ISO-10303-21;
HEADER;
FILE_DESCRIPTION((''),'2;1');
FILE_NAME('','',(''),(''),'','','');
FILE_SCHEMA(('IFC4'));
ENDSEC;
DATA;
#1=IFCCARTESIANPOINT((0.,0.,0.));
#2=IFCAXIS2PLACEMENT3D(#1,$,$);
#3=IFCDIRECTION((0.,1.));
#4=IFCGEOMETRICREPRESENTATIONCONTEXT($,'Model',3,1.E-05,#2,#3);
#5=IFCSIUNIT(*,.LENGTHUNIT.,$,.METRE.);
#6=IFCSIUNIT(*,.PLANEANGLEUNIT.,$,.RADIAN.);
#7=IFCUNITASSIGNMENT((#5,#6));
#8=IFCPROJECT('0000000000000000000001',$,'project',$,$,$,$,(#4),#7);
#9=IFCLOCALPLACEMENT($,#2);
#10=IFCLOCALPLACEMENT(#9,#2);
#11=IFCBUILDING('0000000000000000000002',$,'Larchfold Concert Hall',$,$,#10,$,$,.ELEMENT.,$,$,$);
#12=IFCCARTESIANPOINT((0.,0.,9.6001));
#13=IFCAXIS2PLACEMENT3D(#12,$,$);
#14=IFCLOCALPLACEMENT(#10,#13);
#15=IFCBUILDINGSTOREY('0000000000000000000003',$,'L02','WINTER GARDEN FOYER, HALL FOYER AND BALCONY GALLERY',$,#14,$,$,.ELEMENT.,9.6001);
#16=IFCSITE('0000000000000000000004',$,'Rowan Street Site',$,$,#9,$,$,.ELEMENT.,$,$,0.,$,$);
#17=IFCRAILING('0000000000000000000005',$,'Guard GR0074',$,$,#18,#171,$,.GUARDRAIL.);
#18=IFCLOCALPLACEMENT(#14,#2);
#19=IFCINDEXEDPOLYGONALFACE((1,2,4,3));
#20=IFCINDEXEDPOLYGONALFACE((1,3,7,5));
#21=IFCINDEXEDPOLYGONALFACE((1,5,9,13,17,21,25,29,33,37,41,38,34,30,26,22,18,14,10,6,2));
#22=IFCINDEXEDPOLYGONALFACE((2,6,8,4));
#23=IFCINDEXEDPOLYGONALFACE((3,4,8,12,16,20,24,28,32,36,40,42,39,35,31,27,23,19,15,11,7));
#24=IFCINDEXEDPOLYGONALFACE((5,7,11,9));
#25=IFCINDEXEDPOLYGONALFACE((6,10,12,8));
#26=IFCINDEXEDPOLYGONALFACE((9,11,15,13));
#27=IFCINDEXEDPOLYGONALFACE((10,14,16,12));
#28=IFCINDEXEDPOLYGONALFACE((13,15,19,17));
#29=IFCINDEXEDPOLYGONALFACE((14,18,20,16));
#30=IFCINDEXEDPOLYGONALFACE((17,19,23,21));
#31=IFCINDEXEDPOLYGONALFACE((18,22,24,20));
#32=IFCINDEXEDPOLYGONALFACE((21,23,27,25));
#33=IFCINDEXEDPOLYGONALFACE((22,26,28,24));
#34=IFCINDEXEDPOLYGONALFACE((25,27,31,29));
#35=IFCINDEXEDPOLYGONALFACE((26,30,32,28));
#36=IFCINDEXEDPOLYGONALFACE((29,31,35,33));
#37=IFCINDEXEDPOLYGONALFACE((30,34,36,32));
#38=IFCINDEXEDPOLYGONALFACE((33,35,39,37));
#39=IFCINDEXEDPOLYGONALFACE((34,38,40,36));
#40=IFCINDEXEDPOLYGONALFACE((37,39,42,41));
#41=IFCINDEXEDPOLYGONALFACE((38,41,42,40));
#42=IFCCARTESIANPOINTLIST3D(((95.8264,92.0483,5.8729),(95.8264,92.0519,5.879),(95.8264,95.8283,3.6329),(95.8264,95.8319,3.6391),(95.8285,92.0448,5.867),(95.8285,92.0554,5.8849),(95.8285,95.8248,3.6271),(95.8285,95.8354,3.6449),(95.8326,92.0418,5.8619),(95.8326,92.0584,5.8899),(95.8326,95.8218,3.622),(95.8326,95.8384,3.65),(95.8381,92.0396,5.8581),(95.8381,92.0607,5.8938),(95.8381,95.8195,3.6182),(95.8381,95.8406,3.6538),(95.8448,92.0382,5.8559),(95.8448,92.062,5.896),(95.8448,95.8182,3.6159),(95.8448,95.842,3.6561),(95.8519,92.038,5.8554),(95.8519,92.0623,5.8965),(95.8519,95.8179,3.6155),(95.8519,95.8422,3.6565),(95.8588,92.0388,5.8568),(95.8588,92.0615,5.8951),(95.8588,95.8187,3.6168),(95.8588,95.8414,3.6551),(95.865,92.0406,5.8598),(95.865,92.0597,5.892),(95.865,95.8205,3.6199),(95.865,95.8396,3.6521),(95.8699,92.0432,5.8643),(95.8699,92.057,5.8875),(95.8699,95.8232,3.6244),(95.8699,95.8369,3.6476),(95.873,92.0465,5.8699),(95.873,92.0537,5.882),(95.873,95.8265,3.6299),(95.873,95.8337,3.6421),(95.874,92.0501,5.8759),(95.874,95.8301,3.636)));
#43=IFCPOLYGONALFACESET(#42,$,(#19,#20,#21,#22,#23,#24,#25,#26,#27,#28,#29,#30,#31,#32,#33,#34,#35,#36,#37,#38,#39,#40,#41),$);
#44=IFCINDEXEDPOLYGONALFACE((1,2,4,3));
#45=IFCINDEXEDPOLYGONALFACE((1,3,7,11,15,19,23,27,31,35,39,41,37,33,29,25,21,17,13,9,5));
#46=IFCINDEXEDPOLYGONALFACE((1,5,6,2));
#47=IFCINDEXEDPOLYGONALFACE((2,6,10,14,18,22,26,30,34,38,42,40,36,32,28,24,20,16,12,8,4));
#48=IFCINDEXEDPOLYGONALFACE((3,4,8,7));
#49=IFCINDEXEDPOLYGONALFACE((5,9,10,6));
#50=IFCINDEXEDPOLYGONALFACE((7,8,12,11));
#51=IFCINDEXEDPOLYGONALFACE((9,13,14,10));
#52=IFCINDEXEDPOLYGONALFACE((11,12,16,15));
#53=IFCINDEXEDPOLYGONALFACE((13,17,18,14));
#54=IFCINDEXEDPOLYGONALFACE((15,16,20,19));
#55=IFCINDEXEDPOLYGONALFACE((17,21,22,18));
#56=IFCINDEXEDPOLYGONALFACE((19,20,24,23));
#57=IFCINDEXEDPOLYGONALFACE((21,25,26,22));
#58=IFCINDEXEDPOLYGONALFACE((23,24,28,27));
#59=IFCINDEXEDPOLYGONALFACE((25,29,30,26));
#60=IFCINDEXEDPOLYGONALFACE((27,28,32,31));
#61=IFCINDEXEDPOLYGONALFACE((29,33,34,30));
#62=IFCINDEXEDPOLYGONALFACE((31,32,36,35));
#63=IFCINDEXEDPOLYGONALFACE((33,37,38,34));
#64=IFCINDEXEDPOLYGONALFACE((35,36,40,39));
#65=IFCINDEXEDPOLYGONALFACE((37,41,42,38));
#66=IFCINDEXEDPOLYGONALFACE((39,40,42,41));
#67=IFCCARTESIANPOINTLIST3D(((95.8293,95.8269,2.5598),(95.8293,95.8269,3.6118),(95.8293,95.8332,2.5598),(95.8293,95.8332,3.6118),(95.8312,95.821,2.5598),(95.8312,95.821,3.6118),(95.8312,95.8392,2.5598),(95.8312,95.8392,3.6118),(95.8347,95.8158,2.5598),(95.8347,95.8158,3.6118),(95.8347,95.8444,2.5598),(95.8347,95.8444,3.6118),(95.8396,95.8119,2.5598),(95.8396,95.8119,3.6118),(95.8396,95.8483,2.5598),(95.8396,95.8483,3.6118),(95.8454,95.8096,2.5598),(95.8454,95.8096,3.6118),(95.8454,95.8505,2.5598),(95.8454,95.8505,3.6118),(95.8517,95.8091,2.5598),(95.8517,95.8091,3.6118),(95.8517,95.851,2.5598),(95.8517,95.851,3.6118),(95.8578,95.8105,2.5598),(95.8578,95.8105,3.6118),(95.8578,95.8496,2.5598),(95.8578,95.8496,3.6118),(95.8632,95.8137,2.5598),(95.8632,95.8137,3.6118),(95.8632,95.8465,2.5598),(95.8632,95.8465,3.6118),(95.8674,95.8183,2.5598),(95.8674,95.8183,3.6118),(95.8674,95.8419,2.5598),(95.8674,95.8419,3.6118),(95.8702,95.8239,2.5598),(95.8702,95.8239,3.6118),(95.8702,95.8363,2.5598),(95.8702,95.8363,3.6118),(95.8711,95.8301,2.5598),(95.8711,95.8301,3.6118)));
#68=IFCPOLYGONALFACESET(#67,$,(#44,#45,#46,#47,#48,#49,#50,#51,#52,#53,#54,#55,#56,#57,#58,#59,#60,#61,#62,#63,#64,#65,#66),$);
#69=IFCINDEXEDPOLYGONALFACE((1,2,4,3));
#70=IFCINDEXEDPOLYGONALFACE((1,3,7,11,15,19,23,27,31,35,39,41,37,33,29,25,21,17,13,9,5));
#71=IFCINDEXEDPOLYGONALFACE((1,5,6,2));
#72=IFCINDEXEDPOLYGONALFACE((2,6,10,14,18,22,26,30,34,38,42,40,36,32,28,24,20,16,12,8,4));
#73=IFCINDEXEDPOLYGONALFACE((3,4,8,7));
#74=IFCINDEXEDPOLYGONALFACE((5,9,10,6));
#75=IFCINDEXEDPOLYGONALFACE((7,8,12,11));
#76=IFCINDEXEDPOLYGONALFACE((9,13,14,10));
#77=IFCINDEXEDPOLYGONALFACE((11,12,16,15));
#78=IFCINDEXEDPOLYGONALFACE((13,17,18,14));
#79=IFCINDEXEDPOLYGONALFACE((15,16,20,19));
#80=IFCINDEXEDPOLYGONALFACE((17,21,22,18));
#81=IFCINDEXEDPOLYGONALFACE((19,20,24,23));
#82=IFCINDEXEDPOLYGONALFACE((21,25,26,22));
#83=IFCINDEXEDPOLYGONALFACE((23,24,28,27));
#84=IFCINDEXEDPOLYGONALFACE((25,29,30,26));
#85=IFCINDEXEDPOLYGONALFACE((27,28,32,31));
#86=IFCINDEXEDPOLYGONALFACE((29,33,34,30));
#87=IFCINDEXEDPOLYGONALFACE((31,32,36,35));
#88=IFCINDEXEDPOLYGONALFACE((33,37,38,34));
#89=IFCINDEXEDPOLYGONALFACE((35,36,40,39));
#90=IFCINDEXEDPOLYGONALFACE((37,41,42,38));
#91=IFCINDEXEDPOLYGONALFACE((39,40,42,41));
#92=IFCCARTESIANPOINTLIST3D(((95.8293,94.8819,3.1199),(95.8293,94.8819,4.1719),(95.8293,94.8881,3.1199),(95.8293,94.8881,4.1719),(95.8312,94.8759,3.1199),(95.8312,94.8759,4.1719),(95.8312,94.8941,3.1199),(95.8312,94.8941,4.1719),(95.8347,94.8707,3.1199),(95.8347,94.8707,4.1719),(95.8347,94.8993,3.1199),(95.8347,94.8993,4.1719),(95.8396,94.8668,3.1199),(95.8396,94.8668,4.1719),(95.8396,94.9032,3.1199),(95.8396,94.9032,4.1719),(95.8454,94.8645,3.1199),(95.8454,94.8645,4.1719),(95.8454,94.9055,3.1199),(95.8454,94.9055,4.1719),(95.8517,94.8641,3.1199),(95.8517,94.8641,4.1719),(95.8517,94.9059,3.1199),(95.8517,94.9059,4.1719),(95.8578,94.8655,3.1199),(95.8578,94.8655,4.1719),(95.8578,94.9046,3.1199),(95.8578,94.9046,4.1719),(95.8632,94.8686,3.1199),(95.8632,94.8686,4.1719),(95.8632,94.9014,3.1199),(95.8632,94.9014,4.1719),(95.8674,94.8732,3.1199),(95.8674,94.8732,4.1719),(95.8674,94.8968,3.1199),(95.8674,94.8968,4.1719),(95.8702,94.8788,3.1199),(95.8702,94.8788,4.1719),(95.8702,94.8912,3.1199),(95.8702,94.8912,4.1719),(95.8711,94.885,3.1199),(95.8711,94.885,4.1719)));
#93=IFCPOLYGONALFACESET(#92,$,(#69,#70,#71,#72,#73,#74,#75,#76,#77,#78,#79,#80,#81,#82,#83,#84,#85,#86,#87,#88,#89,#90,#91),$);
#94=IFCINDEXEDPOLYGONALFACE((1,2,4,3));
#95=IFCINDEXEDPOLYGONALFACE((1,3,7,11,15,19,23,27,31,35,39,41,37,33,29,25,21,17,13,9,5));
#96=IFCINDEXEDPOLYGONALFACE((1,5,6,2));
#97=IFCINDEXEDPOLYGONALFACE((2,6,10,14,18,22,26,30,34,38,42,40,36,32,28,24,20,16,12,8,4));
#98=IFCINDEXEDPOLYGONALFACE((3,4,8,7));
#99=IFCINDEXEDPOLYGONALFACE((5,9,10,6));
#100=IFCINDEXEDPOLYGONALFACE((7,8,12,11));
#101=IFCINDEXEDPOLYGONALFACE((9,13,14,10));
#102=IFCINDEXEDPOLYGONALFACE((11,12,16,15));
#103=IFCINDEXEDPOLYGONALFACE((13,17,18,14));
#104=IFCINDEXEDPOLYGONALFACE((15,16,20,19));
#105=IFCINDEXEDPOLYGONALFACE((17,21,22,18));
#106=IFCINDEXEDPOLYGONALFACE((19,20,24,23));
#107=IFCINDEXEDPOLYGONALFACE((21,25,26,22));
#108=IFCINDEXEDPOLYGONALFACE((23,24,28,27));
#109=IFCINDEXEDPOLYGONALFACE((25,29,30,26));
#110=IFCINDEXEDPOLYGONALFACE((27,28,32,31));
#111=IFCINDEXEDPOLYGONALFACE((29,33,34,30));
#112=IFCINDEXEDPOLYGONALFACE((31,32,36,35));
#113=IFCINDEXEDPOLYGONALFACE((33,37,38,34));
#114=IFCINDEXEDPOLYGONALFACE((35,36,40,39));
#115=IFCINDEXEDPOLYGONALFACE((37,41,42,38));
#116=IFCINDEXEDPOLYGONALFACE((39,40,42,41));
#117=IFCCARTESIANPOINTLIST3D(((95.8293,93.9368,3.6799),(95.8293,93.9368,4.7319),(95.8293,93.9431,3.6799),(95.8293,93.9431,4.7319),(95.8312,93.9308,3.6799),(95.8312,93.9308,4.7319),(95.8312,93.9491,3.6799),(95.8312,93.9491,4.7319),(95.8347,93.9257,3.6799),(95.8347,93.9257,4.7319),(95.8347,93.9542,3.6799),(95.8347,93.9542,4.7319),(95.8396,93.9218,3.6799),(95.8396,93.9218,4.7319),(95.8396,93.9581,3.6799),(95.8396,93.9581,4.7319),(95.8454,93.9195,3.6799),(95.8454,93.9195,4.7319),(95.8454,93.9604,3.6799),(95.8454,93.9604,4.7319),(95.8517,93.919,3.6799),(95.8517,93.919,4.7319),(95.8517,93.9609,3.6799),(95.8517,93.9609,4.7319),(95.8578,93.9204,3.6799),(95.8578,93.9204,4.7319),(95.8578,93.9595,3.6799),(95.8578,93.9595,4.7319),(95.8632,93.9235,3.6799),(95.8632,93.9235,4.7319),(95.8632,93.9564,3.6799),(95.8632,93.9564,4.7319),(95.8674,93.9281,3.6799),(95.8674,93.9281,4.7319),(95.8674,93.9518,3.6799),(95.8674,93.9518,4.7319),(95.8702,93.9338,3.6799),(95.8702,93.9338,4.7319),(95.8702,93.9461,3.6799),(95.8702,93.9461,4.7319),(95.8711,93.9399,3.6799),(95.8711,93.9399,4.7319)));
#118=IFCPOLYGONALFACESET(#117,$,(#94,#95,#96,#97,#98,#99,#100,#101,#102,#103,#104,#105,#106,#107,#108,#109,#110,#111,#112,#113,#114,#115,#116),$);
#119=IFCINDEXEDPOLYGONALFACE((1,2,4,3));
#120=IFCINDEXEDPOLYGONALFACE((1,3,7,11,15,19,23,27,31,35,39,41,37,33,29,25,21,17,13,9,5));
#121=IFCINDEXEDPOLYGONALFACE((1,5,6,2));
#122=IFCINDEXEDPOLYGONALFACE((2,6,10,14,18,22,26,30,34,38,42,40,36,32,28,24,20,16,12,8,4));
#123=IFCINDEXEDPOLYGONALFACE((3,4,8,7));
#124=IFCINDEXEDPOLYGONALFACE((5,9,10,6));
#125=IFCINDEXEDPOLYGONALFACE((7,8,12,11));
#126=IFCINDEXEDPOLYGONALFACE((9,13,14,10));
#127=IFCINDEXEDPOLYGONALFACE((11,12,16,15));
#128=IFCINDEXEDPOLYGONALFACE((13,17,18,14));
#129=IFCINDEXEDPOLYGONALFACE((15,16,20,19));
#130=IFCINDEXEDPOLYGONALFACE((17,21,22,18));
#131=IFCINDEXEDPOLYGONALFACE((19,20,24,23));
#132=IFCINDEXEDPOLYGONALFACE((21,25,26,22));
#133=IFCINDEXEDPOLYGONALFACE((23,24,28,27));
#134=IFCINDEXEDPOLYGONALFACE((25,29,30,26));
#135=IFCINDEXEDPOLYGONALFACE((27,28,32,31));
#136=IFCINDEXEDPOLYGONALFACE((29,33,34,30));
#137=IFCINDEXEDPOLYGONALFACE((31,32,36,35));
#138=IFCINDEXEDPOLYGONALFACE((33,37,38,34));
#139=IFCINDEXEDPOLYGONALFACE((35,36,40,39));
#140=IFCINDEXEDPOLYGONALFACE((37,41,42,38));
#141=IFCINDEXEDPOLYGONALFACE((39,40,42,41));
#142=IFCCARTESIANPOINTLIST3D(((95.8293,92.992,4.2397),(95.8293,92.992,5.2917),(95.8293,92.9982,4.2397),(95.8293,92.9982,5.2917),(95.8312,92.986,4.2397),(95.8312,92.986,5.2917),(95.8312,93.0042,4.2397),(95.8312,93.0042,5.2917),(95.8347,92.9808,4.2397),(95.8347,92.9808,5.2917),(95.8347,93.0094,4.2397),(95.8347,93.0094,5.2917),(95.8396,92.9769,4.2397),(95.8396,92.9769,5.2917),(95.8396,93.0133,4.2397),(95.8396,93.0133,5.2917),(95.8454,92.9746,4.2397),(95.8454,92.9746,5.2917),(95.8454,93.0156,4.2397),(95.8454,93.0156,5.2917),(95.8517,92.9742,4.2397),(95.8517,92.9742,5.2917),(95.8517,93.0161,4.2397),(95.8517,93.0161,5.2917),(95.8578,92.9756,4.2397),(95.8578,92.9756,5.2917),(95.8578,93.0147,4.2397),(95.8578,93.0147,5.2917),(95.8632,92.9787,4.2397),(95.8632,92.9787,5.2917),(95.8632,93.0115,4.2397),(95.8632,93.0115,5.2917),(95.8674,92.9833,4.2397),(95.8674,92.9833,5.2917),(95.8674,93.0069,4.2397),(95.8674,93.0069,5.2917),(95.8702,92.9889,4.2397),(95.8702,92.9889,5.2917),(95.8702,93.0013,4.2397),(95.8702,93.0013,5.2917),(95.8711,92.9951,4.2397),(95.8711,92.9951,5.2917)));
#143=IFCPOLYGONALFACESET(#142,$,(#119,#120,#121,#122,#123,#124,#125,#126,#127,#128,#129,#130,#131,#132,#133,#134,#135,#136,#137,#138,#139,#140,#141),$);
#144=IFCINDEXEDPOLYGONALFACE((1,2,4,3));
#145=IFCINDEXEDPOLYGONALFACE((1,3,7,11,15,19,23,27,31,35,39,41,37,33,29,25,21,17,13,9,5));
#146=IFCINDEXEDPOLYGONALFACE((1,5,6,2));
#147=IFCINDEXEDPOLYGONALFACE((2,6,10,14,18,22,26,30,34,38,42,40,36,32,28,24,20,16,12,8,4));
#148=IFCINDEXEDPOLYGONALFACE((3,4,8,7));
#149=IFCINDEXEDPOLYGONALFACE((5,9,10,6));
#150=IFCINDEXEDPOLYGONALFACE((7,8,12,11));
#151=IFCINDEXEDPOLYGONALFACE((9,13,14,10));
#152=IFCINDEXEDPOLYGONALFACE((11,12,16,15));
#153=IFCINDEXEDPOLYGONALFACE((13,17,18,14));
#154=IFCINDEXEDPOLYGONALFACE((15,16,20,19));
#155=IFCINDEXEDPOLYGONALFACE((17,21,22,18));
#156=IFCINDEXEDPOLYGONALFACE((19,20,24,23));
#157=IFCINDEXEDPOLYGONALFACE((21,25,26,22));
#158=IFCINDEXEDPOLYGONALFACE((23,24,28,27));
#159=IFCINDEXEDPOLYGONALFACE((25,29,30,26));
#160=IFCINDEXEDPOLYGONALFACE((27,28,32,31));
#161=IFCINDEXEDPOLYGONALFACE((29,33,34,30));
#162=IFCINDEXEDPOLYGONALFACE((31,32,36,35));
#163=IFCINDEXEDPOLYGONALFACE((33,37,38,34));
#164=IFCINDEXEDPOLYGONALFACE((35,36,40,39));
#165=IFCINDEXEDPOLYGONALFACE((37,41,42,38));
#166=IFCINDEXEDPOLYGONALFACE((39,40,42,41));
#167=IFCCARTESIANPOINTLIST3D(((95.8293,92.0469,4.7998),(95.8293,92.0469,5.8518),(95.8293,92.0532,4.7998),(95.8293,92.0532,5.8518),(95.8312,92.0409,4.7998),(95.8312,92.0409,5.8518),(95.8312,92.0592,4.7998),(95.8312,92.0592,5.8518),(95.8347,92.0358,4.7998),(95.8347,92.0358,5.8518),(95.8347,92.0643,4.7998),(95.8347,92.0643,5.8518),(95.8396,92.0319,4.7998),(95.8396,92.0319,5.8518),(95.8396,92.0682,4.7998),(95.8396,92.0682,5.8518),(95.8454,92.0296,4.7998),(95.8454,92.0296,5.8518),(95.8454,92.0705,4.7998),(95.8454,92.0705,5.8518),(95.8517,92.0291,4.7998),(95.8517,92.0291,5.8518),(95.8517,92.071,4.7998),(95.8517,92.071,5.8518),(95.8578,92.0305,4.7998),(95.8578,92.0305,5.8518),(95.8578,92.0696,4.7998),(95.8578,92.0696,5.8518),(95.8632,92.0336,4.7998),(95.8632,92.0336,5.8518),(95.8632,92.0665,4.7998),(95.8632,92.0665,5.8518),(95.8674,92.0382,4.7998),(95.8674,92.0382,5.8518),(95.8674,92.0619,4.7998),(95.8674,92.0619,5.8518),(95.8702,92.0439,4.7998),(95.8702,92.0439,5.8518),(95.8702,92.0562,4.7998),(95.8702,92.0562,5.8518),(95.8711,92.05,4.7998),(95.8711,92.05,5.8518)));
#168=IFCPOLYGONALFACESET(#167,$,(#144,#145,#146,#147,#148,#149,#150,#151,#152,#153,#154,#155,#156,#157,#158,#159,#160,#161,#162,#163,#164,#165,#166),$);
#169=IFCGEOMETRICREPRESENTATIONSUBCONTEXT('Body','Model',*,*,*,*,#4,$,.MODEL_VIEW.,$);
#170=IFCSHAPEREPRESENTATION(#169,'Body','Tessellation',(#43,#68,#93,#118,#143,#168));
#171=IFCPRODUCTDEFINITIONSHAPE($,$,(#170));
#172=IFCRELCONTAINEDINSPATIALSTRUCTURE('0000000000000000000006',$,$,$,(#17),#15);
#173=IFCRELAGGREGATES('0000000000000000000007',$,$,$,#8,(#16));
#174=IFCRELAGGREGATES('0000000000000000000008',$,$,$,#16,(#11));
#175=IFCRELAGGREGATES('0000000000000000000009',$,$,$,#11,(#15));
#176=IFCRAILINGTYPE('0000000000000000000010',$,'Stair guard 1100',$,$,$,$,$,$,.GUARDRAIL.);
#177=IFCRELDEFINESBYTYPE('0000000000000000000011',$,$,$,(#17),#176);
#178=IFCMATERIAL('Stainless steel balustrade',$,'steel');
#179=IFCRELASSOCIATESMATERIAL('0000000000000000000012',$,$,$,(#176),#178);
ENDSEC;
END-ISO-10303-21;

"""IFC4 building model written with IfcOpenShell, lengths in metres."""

from ifc_helpers import new_model, si_unit, direction, frame, origin, origin_2d, place, context, subcontext, project, spatial, circle, extrude, material, type_object, element, save


model = new_model("IFC4")

# Units and contexts
model_context = context("Model", 3, precision=1e-05, world=origin(), true_north=direction((0.0, 1.0)))
body_context = subcontext(model_context, "Body", "Model", "MODEL_VIEW")
ifc_project = project(units=[si_unit("LENGTHUNIT", "METRE"), si_unit("PLANEANGLEUNIT", "RADIAN")], contexts=[model_context])

# Site, building, storey
site_placement = place(None, origin())
site = spatial("IfcSite", under=ifc_project, at=site_placement, Name="Rowan Street Site", CompositionType="ELEMENT", RefElevation=0.0)
building_placement = place(site_placement, origin())
building = spatial("IfcBuilding", under=site, at=building_placement, Name="Larchfold Concert Hall", CompositionType="ELEMENT")
storey_placement = place(building_placement, frame((0.0, 0.0, 9.6001)))
storey = spatial("IfcBuildingStorey", under=building, at=storey_placement, Name="L02", Description="WINTER GARDEN FOYER, HALL FOYER AND BALCONY GALLERY", CompositionType="ELEMENT", Elevation=9.6001)

# Railing
ifc_material_1 = material(Name="Stainless steel balustrade", Category="steel")
railing_type_1 = type_object("IfcRailingType", Name="Stair guard 1100", PredefinedType="GUARDRAIL", material=ifc_material_1)
railing_1_placement = place(storey_placement, frame((95.8501, 95.8301, 2.5598)))
element("IfcRailing", 1, at=railing_1_placement, inside=storey, type_object=railing_type_1, Name="Guard GR0074", PredefinedType="GUARDRAIL", context=body_context, shape_type="SweptSolid", body=[
    extrude(circle(Radius=0.0239, at=origin_2d()), frame((0.0, 0.0, 1.0762), z_axis=(0.0, -0.860294, 0.509798), x_axis=(1.0, 0.0, 0.0)), (0.0, 0.0, 1.0), 4.3938),
    extrude(circle(Radius=0.021, at=origin_2d()), origin(), (0.0, 0.0, 1.0), 1.052),
    extrude(circle(Radius=0.021, at=origin_2d()), frame((0.0, -0.9451, 0.5601)), (0.0, 0.0, 1.0), 1.052),
    extrude(circle(Radius=0.021, at=origin_2d()), frame((0.0, -1.8901, 1.1201)), (0.0, 0.0, 1.0), 1.052),
    extrude(circle(Radius=0.021, at=origin_2d()), frame((0.0, -2.835, 1.6799)), (0.0, 0.0, 1.0), 1.052),
    extrude(circle(Radius=0.021, at=origin_2d()), frame((0.0, -3.78, 2.24)), (0.0, 0.0, 1.0), 1.052),
])

save(model, "model.ifc")
